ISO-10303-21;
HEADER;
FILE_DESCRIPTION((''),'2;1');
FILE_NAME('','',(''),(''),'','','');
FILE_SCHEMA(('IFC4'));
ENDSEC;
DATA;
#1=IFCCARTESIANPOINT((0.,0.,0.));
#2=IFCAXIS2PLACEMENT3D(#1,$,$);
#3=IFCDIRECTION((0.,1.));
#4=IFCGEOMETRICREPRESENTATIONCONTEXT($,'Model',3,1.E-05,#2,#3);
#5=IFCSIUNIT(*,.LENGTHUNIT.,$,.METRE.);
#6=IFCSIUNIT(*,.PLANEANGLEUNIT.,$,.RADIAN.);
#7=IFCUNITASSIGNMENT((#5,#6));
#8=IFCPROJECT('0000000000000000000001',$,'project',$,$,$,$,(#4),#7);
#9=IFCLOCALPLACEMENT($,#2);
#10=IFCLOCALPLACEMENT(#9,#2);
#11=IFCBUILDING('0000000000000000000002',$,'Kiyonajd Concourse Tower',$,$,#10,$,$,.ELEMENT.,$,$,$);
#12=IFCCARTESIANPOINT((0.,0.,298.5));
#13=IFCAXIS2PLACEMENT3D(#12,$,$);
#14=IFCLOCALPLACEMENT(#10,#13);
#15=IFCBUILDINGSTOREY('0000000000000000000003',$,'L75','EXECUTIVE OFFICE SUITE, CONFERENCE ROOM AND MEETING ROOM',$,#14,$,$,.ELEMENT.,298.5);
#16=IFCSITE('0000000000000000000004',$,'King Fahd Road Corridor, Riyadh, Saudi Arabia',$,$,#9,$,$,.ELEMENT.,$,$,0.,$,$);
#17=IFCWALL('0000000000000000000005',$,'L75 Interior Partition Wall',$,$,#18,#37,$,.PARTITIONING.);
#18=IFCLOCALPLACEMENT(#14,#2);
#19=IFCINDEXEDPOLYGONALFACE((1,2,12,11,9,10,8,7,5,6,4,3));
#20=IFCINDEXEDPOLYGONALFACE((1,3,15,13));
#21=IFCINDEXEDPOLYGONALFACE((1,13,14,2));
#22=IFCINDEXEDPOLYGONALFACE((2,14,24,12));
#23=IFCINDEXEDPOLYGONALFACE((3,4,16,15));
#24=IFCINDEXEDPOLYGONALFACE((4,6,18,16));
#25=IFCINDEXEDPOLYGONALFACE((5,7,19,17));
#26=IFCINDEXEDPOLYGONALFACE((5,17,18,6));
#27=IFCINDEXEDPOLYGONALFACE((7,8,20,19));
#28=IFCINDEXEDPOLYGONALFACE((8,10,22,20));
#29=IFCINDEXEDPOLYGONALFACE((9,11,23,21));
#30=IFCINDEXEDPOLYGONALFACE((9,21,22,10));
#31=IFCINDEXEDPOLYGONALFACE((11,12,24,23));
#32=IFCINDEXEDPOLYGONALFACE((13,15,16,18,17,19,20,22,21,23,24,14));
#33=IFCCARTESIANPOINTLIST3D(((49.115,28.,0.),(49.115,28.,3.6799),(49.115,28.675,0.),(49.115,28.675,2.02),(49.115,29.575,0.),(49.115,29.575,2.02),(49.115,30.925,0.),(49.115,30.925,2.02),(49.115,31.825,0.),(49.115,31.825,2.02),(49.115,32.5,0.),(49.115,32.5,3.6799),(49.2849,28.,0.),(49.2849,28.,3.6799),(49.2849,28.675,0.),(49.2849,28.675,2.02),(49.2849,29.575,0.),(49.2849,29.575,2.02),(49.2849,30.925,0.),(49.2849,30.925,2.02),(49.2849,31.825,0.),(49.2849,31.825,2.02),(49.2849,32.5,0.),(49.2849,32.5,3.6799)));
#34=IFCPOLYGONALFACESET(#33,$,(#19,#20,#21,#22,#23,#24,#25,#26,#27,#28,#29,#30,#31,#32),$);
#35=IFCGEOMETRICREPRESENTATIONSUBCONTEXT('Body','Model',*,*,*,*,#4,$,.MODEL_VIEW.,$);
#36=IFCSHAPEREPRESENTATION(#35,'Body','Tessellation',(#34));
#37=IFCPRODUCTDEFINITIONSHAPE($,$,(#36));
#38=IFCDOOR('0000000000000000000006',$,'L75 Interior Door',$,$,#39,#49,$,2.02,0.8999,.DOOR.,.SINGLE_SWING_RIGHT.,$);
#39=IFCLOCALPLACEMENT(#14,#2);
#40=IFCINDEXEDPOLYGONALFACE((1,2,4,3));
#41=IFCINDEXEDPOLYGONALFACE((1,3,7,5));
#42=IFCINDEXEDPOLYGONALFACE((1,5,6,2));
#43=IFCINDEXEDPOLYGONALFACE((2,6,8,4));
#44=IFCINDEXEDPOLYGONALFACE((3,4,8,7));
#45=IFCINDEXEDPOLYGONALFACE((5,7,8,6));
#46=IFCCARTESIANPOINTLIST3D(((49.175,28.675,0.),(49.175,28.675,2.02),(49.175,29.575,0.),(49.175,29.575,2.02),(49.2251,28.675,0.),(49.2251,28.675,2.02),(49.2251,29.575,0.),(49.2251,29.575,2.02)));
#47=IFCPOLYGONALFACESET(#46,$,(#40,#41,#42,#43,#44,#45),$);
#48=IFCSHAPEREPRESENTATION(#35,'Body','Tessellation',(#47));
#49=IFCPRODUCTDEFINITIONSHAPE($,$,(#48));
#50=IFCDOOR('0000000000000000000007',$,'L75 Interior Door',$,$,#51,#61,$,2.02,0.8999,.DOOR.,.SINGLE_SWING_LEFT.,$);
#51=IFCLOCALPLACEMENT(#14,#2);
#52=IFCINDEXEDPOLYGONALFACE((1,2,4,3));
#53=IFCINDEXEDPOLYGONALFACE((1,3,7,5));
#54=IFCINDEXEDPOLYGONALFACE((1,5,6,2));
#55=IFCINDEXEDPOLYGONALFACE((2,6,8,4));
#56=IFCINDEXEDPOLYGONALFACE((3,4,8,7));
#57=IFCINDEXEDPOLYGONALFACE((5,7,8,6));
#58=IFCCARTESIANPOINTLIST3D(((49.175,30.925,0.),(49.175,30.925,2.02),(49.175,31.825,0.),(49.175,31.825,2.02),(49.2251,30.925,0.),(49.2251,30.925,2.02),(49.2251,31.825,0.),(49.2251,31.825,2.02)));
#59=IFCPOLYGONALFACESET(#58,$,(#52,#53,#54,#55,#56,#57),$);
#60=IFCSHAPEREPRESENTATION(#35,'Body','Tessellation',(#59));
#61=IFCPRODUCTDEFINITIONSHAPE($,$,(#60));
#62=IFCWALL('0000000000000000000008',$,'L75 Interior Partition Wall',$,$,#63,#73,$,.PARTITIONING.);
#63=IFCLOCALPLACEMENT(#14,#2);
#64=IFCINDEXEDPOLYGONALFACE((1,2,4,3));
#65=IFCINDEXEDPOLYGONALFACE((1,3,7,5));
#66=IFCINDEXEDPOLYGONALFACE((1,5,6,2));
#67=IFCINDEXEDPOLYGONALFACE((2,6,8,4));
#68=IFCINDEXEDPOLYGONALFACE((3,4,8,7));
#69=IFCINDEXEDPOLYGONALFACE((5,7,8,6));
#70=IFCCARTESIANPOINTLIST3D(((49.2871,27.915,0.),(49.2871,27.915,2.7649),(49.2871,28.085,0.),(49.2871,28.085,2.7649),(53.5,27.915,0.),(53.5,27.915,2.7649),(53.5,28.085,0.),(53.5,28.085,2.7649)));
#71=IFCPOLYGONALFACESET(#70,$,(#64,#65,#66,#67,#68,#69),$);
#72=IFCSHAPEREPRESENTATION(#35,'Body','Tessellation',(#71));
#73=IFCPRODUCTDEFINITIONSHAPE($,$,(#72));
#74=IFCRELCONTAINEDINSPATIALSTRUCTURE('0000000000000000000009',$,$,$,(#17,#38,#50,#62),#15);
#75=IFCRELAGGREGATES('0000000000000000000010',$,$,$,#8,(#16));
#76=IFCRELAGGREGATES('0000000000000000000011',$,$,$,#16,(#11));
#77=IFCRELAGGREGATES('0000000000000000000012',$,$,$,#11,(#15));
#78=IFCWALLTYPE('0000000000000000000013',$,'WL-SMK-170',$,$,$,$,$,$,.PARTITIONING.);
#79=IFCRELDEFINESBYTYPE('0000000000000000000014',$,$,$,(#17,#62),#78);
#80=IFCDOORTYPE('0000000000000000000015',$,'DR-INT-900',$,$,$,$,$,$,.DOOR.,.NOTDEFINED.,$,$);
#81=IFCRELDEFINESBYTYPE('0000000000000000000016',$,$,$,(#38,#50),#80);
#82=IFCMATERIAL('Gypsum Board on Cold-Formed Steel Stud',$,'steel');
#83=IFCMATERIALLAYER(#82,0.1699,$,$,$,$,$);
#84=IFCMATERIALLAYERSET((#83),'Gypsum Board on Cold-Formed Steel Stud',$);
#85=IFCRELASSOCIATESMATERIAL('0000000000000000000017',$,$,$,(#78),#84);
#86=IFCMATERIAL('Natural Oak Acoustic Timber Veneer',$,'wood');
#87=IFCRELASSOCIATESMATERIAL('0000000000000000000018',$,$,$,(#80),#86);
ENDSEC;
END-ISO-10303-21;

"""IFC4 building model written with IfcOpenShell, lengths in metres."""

from ifc_helpers import new_model, si_unit, direction, frame, frame_2d, origin, place, context, subcontext, project, spatial, rectangle, extrude, material, layer, layer_set, type_object, element, fill, save


model = new_model("IFC4")

# Units and contexts
model_context = context("Model", 3, precision=1e-05, world=origin(), true_north=direction((0.0, 1.0)))
body_context = subcontext(model_context, "Body", "Model", "MODEL_VIEW")
ifc_project = project(units=[si_unit("LENGTHUNIT", "METRE"), si_unit("PLANEANGLEUNIT", "RADIAN")], contexts=[model_context])

# Site, building, storey
site_placement = place(None, origin())
site = spatial("IfcSite", under=ifc_project, at=site_placement, Name="King Fahd Road Corridor, Riyadh, Saudi Arabia", CompositionType="ELEMENT", RefElevation=0.0)
building_placement = place(site_placement, origin())
building = spatial("IfcBuilding", under=site, at=building_placement, Name="Kiyonajd Concourse Tower", CompositionType="ELEMENT")
storey_placement = place(building_placement, frame((0.0, 0.0, 298.5)))
storey = spatial("IfcBuildingStorey", under=building, at=storey_placement, Name="L75", Description="EXECUTIVE OFFICE SUITE, CONFERENCE ROOM AND MEETING ROOM", CompositionType="ELEMENT", Elevation=298.5)

# Shared definitions
ifc_material_1 = material(Name="Gypsum Board on Cold-Formed Steel Stud", Category="steel")
ifc_layer_1 = layer(ifc_material_1, 0.1699)
ifc_layer_set_1 = layer_set([ifc_layer_1], Name="Gypsum Board on Cold-Formed Steel Stud")
wall_type_1 = type_object("IfcWallType", Name="WL-SMK-170", PredefinedType="PARTITIONING", material=ifc_layer_set_1)

# Wall, openings, doors
wall_1_placement = place(storey_placement, frame((49.2, 28.0, 0.0), z_axis=(0.0, 0.0, 1.0), x_axis=(0.0, 1.0, 0.0)))
wall_1 = element("IfcWall", 1, at=wall_1_placement, inside=storey, type_object=wall_type_1, Name="L75 Interior Partition Wall", PredefinedType="PARTITIONING", context=body_context, shape_type="SweptSolid", body=[
    extrude(rectangle(XDim=4.5, YDim=0.1699, at=frame_2d((2.25, 0.0))), origin(), (0.0, 0.0, 1.0), 3.6799),
])
opening_1_placement = place(wall_1_placement, frame((0.675, 0.0, 0.0)))
opening_1 = element("IfcOpeningElement", 2, at=opening_1_placement, cuts=wall_1, PredefinedType="OPENING", context=body_context, shape_type="SweptSolid", body=[
    extrude(rectangle(XDim=0.8999, YDim=2.02, at=frame_2d((0.45, 1.01))), frame((0.0, 0.095, 0.0), z_axis=(0.0, -1.0, 0.0), x_axis=(1.0, 0.0, 0.0)), (0.0, 0.0, 1.0), 0.1899),
])
opening_2_placement = place(wall_1_placement, frame((2.925, 0.0, 0.0)))
opening_2 = element("IfcOpeningElement", 3, at=opening_2_placement, cuts=wall_1, PredefinedType="OPENING", context=body_context, shape_type="SweptSolid", body=[
    extrude(rectangle(XDim=0.8999, YDim=2.02, at=frame_2d((0.45, 1.01))), frame((0.0, 0.095, 0.0), z_axis=(0.0, -1.0, 0.0), x_axis=(1.0, 0.0, 0.0)), (0.0, 0.0, 1.0), 0.1899),
])
ifc_material_2 = material(Name="Natural Oak Acoustic Timber Veneer", Category="wood")
door_type_1 = type_object("IfcDoorType", Name="DR-INT-900", OperationType="NOTDEFINED", PredefinedType="DOOR", material=ifc_material_2)
door_1_placement = place(opening_1_placement, origin())
door_1 = element("IfcDoor", 4, at=door_1_placement, inside=storey, type_object=door_type_1, Name="L75 Interior Door", OperationType="SINGLE_SWING_RIGHT", OverallHeight=2.02, OverallWidth=0.8999, PredefinedType="DOOR", context=body_context, shape_type="SweptSolid", body=[
    extrude(rectangle(XDim=0.8999, YDim=2.02, at=frame_2d((0.45, 1.01))), frame((0.0, 0.0249, 0.0), z_axis=(0.0, -1.0, 0.0), x_axis=(1.0, 0.0, 0.0)), (0.0, 0.0, 1.0), 0.05),
])
fill(opening_1, door_1)
door_2_placement = place(opening_2_placement, origin())
door_2 = element("IfcDoor", 5, at=door_2_placement, inside=storey, type_object=door_type_1, Name="L75 Interior Door", OperationType="SINGLE_SWING_LEFT", OverallHeight=2.02, OverallWidth=0.8999, PredefinedType="DOOR", context=body_context, shape_type="SweptSolid", body=[
    extrude(rectangle(XDim=0.8999, YDim=2.02, at=frame_2d((0.45, 1.01))), frame((0.0, 0.0249, 0.0), z_axis=(0.0, -1.0, 0.0), x_axis=(1.0, 0.0, 0.0)), (0.0, 0.0, 1.0), 0.05),
])
fill(opening_2, door_2)

# Wall
wall_2_placement = place(storey_placement, frame((49.2871, 28.0, 0.0), z_axis=(0.0, 0.0, 1.0), x_axis=(1.0, 0.0, 0.0)))
element("IfcWall", 6, at=wall_2_placement, inside=storey, type_object=wall_type_1, Name="L75 Interior Partition Wall", PredefinedType="PARTITIONING", context=body_context, shape_type="SweptSolid", body=[
    extrude(rectangle(XDim=4.2129, YDim=0.1699, at=frame_2d((2.1064, 0.0))), origin(), (0.0, 0.0, 1.0), 2.7649),
])

save(model, "model.ifc")
